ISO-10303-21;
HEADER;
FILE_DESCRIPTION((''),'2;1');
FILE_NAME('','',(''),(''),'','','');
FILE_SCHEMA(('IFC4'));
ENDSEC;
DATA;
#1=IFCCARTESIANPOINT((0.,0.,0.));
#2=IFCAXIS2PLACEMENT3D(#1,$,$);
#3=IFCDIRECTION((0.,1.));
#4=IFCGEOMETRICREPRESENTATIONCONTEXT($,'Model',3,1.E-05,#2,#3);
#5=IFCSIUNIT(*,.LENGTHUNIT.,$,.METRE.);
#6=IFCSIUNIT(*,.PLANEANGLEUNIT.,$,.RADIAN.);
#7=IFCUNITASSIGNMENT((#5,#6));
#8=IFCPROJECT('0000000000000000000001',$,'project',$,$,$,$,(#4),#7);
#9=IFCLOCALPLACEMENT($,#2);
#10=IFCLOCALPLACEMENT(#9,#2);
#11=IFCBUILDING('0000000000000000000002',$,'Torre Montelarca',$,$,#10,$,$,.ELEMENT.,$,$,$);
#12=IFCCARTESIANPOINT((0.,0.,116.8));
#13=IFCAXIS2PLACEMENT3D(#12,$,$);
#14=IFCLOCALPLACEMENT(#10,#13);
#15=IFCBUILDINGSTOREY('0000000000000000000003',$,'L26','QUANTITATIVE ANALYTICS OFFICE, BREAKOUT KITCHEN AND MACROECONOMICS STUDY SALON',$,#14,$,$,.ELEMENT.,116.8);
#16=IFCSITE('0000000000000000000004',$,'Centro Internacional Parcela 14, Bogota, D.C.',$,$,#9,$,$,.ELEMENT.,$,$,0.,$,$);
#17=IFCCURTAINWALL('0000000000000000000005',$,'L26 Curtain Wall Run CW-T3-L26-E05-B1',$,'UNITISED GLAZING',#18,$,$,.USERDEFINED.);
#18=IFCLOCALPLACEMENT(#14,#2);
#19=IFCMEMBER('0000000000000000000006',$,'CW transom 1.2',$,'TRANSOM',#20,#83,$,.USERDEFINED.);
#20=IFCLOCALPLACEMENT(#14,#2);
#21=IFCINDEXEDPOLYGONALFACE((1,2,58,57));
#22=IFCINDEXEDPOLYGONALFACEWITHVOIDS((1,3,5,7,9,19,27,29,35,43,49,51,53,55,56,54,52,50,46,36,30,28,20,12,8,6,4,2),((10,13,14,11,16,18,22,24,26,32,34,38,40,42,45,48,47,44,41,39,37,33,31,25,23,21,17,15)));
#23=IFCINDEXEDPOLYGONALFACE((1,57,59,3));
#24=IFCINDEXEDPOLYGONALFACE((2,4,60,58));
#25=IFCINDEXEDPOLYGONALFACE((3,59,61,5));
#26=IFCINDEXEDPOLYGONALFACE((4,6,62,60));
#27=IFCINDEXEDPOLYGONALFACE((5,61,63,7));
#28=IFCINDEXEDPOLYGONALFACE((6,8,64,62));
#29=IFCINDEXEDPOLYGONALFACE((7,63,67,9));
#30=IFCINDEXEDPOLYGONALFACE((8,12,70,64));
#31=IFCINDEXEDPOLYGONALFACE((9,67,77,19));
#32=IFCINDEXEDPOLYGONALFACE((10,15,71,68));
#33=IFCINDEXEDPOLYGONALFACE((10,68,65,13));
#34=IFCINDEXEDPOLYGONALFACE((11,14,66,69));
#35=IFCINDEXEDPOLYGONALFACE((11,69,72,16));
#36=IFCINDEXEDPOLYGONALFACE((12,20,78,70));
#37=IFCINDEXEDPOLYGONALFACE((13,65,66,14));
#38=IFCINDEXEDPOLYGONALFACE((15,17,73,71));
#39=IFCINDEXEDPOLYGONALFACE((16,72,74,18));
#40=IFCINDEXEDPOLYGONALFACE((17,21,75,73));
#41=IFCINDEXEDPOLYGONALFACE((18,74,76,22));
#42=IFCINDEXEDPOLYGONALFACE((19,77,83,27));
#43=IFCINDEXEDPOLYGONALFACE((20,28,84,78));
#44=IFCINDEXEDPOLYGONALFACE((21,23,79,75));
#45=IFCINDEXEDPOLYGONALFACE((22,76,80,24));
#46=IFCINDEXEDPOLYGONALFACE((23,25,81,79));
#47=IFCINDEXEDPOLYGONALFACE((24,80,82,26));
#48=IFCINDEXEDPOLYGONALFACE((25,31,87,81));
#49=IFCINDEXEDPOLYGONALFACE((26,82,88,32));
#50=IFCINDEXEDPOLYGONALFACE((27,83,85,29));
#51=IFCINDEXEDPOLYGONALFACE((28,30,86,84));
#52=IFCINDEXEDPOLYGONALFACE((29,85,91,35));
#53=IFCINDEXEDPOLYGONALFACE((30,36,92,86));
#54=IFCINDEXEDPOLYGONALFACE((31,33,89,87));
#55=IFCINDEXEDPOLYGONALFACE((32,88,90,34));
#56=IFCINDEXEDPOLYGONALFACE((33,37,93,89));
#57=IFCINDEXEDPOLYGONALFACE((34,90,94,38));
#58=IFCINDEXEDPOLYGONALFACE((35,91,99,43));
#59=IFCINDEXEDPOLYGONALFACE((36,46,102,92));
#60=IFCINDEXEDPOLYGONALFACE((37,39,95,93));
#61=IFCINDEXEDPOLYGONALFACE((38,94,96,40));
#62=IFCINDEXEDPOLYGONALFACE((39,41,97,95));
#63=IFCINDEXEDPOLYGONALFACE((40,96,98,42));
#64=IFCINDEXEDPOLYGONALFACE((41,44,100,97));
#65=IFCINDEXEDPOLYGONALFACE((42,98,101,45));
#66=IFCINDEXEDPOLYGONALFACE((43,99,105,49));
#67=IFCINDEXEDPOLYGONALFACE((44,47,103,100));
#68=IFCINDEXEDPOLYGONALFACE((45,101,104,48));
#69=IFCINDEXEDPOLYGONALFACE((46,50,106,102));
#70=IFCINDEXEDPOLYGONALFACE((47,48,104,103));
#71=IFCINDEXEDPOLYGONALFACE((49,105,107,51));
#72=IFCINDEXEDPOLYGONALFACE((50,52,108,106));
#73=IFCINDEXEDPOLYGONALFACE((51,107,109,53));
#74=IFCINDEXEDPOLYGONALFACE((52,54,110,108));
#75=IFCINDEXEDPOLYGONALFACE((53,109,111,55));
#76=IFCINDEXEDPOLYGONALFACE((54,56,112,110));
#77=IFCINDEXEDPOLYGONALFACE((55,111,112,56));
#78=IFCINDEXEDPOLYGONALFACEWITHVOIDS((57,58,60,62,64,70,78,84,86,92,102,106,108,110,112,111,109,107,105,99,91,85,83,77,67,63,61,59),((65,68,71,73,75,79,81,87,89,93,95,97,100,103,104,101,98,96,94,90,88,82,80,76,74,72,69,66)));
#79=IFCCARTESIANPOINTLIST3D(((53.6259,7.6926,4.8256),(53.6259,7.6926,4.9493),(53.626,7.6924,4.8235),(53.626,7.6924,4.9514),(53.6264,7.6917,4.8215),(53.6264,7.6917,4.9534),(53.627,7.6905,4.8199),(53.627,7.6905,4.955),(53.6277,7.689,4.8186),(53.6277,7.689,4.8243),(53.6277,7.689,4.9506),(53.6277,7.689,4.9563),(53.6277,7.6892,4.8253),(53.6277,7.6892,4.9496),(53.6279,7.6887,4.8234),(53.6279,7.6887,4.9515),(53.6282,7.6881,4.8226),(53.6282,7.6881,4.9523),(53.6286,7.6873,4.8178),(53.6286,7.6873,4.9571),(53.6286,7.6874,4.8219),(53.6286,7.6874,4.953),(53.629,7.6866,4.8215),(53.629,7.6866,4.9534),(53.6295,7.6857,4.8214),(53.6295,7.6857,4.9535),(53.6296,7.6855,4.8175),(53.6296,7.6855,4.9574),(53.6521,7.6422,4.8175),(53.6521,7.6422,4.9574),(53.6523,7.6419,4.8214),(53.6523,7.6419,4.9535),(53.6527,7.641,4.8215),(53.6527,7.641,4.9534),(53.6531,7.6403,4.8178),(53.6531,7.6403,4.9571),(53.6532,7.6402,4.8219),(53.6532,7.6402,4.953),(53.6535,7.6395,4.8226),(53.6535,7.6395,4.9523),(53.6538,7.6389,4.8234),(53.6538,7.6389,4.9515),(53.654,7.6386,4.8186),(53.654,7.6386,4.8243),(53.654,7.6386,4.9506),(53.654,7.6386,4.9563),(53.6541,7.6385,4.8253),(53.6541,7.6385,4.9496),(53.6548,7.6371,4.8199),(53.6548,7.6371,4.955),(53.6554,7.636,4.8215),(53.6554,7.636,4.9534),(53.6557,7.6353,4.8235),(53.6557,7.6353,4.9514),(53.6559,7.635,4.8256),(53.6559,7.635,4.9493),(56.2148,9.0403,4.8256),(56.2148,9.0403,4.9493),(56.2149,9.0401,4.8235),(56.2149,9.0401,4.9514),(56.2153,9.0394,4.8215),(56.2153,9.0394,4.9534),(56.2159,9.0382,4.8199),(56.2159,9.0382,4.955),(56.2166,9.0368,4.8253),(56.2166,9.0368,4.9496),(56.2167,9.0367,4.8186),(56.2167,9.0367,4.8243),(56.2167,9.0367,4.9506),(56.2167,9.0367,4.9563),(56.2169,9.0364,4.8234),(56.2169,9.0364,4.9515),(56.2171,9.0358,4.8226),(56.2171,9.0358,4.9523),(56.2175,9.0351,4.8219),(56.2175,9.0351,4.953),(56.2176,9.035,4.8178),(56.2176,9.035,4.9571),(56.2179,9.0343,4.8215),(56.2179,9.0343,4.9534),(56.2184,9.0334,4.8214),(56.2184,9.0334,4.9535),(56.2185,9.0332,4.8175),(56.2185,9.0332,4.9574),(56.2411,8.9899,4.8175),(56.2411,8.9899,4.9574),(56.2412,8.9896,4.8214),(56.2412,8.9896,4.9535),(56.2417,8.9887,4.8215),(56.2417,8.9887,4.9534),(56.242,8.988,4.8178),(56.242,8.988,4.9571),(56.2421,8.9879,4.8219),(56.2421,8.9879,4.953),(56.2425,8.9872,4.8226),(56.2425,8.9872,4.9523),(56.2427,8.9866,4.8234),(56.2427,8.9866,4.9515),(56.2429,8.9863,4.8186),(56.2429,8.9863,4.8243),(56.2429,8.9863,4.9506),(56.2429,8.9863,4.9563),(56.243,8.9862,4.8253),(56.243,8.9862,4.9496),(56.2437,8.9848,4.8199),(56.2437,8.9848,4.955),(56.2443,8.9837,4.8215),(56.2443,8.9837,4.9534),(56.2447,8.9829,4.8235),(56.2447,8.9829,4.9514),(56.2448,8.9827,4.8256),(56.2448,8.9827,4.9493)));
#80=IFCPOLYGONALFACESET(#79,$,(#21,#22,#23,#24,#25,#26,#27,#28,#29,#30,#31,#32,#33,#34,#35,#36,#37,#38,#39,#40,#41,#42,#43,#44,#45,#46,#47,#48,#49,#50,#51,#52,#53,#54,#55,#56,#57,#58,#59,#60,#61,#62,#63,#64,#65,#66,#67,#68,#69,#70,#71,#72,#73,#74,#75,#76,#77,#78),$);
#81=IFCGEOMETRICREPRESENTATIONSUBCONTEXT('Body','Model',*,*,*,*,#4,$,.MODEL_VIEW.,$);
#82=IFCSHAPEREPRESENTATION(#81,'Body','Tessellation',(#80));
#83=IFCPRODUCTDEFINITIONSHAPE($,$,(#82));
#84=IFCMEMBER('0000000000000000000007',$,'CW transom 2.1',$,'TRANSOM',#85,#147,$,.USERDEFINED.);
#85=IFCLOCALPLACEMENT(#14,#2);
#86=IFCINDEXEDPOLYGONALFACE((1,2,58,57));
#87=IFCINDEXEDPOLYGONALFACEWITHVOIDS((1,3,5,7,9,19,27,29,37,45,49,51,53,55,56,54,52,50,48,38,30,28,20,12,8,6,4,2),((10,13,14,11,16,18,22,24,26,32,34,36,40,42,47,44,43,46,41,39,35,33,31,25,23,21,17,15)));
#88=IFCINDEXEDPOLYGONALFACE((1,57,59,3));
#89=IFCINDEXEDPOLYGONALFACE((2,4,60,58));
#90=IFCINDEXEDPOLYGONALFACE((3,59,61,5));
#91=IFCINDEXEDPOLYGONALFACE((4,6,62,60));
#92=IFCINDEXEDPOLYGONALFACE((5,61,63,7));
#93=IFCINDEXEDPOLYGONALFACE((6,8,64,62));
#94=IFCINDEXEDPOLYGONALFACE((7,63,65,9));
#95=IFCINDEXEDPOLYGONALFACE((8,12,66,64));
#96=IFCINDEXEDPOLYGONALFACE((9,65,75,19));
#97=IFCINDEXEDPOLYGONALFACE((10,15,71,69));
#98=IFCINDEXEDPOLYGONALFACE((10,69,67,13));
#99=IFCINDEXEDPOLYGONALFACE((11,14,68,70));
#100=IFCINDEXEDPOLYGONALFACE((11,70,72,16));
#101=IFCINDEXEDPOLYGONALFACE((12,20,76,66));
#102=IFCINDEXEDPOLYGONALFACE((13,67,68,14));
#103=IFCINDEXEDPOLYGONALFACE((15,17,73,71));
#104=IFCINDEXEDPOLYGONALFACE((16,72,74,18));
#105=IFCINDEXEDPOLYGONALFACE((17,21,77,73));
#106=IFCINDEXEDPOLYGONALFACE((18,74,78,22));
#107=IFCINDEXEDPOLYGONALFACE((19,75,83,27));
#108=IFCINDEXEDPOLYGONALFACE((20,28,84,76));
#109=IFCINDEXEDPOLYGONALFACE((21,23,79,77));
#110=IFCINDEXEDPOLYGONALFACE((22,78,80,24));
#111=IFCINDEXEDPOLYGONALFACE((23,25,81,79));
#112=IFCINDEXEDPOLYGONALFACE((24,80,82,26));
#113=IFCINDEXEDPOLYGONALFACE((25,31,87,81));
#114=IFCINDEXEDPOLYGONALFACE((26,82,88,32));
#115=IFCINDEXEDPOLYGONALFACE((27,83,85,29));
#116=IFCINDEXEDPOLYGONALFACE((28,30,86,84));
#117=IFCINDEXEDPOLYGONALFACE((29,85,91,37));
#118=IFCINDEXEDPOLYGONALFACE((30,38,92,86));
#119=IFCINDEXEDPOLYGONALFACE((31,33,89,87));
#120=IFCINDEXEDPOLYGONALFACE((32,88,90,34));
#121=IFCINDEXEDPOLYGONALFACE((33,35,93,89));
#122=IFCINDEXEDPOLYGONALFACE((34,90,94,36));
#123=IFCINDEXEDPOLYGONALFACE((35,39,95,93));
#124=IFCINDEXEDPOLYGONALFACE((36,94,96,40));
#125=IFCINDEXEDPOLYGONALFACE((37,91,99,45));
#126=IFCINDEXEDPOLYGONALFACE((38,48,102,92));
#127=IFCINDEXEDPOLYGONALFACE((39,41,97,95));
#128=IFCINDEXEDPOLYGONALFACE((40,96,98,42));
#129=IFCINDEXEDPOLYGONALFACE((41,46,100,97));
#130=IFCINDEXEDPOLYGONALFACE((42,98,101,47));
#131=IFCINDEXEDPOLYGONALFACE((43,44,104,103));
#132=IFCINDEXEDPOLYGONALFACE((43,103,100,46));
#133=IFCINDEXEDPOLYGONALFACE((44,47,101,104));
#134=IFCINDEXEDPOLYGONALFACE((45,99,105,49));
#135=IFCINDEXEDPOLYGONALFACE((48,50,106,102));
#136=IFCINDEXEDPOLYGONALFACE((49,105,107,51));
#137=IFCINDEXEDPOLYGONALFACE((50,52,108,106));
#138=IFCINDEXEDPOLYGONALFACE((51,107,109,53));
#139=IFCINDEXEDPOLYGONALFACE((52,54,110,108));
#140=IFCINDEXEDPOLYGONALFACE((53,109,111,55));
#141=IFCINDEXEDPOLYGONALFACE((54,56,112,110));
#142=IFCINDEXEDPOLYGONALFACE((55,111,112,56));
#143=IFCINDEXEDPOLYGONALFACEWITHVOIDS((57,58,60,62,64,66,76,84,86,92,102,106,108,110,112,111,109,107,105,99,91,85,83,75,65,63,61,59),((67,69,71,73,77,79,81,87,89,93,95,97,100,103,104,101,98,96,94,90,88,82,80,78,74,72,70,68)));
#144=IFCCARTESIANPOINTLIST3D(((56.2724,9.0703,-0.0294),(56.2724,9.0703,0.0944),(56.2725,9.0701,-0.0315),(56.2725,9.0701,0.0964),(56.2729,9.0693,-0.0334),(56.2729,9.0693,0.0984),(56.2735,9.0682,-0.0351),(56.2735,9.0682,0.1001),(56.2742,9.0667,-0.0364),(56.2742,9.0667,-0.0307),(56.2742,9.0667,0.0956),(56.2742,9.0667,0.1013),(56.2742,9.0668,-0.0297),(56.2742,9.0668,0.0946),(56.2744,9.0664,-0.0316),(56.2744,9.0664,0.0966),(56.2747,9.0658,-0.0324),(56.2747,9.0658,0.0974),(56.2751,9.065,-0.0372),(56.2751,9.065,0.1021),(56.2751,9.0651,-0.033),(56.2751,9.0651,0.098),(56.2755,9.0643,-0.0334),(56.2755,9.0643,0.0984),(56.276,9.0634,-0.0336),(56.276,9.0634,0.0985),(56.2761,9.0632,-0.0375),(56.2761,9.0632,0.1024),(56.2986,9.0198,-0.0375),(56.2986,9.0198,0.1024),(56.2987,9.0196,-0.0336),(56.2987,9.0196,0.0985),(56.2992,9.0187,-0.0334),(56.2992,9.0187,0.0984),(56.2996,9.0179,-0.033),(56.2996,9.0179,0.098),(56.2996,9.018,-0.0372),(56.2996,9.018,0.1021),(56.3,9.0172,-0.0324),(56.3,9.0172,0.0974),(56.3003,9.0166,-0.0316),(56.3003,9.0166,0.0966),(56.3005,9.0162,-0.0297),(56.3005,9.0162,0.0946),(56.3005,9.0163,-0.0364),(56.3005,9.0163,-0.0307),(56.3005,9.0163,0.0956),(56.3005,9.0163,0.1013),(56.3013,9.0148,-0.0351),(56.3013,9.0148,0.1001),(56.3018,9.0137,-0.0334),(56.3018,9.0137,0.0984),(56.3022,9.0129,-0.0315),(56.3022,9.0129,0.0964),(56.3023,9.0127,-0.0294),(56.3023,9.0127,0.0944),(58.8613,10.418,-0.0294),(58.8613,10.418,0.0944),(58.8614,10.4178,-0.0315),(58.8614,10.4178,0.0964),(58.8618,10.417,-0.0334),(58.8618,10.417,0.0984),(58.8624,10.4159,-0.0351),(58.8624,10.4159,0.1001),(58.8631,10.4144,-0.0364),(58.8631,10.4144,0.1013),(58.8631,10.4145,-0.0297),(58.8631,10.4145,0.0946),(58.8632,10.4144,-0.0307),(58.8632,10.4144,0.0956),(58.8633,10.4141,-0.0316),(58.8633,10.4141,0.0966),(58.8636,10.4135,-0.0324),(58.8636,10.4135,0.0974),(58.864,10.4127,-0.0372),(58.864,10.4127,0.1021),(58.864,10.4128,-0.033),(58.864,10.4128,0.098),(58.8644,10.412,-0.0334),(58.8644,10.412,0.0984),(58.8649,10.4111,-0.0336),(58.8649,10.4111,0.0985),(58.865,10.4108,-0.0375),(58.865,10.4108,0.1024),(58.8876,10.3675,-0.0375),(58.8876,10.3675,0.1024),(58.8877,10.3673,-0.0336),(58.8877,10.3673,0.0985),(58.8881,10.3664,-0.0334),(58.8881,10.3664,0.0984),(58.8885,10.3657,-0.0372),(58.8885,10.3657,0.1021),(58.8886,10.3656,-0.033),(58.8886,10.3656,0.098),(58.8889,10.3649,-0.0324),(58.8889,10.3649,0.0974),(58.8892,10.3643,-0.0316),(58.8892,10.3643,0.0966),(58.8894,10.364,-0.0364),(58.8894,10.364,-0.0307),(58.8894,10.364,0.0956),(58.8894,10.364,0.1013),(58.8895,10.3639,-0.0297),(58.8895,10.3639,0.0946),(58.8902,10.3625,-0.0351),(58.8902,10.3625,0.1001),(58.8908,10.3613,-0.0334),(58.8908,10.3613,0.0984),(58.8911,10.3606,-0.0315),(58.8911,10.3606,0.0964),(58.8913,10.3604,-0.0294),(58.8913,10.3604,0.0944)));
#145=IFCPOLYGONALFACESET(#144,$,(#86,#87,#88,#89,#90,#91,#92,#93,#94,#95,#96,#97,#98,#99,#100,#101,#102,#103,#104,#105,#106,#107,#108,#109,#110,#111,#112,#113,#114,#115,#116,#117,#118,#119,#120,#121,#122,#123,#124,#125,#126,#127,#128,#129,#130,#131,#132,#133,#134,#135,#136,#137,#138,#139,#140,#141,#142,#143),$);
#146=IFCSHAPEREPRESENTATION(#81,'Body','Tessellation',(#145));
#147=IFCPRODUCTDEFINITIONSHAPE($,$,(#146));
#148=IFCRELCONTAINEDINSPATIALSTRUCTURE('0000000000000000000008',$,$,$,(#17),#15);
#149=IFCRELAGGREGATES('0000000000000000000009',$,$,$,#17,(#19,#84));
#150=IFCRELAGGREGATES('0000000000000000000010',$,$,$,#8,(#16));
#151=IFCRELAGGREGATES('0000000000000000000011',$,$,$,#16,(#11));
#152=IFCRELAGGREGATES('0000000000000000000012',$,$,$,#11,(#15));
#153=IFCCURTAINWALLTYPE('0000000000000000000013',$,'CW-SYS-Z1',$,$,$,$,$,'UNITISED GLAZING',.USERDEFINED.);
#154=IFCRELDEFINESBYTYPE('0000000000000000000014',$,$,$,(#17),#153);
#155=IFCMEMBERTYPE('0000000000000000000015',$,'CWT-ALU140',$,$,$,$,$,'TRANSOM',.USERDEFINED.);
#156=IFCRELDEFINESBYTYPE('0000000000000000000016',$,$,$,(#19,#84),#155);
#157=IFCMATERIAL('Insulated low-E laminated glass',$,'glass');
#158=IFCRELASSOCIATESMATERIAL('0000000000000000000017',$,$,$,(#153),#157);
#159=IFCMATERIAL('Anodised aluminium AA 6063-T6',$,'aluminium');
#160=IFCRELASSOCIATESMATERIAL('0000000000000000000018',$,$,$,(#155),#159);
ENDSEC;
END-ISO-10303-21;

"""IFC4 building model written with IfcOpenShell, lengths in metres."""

from ifc_helpers import new_model, si_unit, direction, frame, origin, origin_2d, place, context, subcontext, project, spatial, hollow_rectangle, extrude, source, transform, mapped, material, material_profile, profile_set, type_object, element, aggregate, save


model = new_model("IFC4")

# Units and contexts
model_context = context("Model", 3, precision=1e-05, world=origin(), true_north=direction((0.0, 1.0)))
body_context = subcontext(model_context, "Body", "Model", "MODEL_VIEW")
ifc_project = project(units=[si_unit("LENGTHUNIT", "METRE"), si_unit("PLANEANGLEUNIT", "RADIAN")], contexts=[model_context])

# Site, building, storey
site_placement = place(None, origin())
site = spatial("IfcSite", under=ifc_project, at=site_placement, Name="Centro Internacional Parcela 14, Bogota, D.C.", CompositionType="ELEMENT", RefElevation=0.0)
building_placement = place(site_placement, origin())
building = spatial("IfcBuilding", under=site, at=building_placement, Name="Torre Montelarca", CompositionType="ELEMENT")
storey_placement = place(building_placement, frame((0.0, 0.0, 116.8)))
storey = spatial("IfcBuildingStorey", under=building, at=storey_placement, Name="L26", Description="QUANTITATIVE ANALYTICS OFFICE, BREAKOUT KITCHEN AND MACROECONOMICS STUDY SALON", CompositionType="ELEMENT", Elevation=116.8)

# Curtain wall, members
ifc_material_1 = material(Name="Insulated low-E laminated glass", Category="glass")
curtain_wall_type = type_object("IfcCurtainWallType", Name="CW-SYS-Z1", ElementType="UNITISED GLAZING", PredefinedType="USERDEFINED", material=ifc_material_1)
ifc_material_2 = material(Name="Anodised aluminium AA 6063-T6", Category="aluminium")
ifc_material_profile_1 = material_profile(ifc_material_2, hollow_rectangle(XDim=0.0649, YDim=0.1399, WallThickness=0.0039, InnerFilletRadius=0.0039, OuterFilletRadius=0.0081, at=origin_2d()), Name="ALU65X140X4", Category="aluminium")
ifc_profile_set_1 = profile_set([ifc_material_profile_1], Name="Anodised aluminium AA 6063-T6")
member_type_1 = type_object("IfcMemberType", Name="CWT-ALU140", ElementType="TRANSOM", PredefinedType="USERDEFINED", material=ifc_profile_set_1)
curtain_wall_1_placement = place(storey_placement, origin())
curtain_wall_1 = element("IfcCurtainWall", 1, at=curtain_wall_1_placement, inside=storey, type_object=curtain_wall_type, Name="L26 Curtain Wall Run CW-T3-L26-E05-B1", ObjectType="UNITISED GLAZING", PredefinedType="USERDEFINED")
shared_shape_1 = source(origin(), body_context, "Body", "SweptSolid", [
    extrude(hollow_rectangle(XDim=0.0649, YDim=0.1399, WallThickness=0.0039, InnerFilletRadius=0.0039, OuterFilletRadius=0.0081, at=origin_2d()), origin(), (0.0, 0.0, 1.0), 2.9187),
])
member_1_placement = place(storey_placement, frame((53.6409, 7.6638, 4.8875), z_axis=(0.887014, 0.461742, 0.0), x_axis=(-0.461742, 0.887014, 0.0)))
member_1 = element("IfcMember", 2, at=member_1_placement, type_object=member_type_1, Name="CW transom 1.2", ObjectType="TRANSOM", PredefinedType="USERDEFINED", context=body_context, shape_type="MappedRepresentation", body=[
    mapped(shared_shape_1, transform((0.0, 0.0, 0.0), scale=1.0)),
])
member_2_placement = place(storey_placement, frame((56.2874, 9.0415, 0.0325), z_axis=(0.887014, 0.461742, 0.0), x_axis=(-0.461742, 0.887014, 0.0)))
member_2 = element("IfcMember", 3, at=member_2_placement, type_object=member_type_1, Name="CW transom 2.1", ObjectType="TRANSOM", PredefinedType="USERDEFINED", context=body_context, shape_type="MappedRepresentation", body=[
    mapped(shared_shape_1, transform((0.0, 0.0, 0.0), scale=1.0)),
])

aggregate(curtain_wall_1, [member_1, member_2])

save(model, "model.ifc")
